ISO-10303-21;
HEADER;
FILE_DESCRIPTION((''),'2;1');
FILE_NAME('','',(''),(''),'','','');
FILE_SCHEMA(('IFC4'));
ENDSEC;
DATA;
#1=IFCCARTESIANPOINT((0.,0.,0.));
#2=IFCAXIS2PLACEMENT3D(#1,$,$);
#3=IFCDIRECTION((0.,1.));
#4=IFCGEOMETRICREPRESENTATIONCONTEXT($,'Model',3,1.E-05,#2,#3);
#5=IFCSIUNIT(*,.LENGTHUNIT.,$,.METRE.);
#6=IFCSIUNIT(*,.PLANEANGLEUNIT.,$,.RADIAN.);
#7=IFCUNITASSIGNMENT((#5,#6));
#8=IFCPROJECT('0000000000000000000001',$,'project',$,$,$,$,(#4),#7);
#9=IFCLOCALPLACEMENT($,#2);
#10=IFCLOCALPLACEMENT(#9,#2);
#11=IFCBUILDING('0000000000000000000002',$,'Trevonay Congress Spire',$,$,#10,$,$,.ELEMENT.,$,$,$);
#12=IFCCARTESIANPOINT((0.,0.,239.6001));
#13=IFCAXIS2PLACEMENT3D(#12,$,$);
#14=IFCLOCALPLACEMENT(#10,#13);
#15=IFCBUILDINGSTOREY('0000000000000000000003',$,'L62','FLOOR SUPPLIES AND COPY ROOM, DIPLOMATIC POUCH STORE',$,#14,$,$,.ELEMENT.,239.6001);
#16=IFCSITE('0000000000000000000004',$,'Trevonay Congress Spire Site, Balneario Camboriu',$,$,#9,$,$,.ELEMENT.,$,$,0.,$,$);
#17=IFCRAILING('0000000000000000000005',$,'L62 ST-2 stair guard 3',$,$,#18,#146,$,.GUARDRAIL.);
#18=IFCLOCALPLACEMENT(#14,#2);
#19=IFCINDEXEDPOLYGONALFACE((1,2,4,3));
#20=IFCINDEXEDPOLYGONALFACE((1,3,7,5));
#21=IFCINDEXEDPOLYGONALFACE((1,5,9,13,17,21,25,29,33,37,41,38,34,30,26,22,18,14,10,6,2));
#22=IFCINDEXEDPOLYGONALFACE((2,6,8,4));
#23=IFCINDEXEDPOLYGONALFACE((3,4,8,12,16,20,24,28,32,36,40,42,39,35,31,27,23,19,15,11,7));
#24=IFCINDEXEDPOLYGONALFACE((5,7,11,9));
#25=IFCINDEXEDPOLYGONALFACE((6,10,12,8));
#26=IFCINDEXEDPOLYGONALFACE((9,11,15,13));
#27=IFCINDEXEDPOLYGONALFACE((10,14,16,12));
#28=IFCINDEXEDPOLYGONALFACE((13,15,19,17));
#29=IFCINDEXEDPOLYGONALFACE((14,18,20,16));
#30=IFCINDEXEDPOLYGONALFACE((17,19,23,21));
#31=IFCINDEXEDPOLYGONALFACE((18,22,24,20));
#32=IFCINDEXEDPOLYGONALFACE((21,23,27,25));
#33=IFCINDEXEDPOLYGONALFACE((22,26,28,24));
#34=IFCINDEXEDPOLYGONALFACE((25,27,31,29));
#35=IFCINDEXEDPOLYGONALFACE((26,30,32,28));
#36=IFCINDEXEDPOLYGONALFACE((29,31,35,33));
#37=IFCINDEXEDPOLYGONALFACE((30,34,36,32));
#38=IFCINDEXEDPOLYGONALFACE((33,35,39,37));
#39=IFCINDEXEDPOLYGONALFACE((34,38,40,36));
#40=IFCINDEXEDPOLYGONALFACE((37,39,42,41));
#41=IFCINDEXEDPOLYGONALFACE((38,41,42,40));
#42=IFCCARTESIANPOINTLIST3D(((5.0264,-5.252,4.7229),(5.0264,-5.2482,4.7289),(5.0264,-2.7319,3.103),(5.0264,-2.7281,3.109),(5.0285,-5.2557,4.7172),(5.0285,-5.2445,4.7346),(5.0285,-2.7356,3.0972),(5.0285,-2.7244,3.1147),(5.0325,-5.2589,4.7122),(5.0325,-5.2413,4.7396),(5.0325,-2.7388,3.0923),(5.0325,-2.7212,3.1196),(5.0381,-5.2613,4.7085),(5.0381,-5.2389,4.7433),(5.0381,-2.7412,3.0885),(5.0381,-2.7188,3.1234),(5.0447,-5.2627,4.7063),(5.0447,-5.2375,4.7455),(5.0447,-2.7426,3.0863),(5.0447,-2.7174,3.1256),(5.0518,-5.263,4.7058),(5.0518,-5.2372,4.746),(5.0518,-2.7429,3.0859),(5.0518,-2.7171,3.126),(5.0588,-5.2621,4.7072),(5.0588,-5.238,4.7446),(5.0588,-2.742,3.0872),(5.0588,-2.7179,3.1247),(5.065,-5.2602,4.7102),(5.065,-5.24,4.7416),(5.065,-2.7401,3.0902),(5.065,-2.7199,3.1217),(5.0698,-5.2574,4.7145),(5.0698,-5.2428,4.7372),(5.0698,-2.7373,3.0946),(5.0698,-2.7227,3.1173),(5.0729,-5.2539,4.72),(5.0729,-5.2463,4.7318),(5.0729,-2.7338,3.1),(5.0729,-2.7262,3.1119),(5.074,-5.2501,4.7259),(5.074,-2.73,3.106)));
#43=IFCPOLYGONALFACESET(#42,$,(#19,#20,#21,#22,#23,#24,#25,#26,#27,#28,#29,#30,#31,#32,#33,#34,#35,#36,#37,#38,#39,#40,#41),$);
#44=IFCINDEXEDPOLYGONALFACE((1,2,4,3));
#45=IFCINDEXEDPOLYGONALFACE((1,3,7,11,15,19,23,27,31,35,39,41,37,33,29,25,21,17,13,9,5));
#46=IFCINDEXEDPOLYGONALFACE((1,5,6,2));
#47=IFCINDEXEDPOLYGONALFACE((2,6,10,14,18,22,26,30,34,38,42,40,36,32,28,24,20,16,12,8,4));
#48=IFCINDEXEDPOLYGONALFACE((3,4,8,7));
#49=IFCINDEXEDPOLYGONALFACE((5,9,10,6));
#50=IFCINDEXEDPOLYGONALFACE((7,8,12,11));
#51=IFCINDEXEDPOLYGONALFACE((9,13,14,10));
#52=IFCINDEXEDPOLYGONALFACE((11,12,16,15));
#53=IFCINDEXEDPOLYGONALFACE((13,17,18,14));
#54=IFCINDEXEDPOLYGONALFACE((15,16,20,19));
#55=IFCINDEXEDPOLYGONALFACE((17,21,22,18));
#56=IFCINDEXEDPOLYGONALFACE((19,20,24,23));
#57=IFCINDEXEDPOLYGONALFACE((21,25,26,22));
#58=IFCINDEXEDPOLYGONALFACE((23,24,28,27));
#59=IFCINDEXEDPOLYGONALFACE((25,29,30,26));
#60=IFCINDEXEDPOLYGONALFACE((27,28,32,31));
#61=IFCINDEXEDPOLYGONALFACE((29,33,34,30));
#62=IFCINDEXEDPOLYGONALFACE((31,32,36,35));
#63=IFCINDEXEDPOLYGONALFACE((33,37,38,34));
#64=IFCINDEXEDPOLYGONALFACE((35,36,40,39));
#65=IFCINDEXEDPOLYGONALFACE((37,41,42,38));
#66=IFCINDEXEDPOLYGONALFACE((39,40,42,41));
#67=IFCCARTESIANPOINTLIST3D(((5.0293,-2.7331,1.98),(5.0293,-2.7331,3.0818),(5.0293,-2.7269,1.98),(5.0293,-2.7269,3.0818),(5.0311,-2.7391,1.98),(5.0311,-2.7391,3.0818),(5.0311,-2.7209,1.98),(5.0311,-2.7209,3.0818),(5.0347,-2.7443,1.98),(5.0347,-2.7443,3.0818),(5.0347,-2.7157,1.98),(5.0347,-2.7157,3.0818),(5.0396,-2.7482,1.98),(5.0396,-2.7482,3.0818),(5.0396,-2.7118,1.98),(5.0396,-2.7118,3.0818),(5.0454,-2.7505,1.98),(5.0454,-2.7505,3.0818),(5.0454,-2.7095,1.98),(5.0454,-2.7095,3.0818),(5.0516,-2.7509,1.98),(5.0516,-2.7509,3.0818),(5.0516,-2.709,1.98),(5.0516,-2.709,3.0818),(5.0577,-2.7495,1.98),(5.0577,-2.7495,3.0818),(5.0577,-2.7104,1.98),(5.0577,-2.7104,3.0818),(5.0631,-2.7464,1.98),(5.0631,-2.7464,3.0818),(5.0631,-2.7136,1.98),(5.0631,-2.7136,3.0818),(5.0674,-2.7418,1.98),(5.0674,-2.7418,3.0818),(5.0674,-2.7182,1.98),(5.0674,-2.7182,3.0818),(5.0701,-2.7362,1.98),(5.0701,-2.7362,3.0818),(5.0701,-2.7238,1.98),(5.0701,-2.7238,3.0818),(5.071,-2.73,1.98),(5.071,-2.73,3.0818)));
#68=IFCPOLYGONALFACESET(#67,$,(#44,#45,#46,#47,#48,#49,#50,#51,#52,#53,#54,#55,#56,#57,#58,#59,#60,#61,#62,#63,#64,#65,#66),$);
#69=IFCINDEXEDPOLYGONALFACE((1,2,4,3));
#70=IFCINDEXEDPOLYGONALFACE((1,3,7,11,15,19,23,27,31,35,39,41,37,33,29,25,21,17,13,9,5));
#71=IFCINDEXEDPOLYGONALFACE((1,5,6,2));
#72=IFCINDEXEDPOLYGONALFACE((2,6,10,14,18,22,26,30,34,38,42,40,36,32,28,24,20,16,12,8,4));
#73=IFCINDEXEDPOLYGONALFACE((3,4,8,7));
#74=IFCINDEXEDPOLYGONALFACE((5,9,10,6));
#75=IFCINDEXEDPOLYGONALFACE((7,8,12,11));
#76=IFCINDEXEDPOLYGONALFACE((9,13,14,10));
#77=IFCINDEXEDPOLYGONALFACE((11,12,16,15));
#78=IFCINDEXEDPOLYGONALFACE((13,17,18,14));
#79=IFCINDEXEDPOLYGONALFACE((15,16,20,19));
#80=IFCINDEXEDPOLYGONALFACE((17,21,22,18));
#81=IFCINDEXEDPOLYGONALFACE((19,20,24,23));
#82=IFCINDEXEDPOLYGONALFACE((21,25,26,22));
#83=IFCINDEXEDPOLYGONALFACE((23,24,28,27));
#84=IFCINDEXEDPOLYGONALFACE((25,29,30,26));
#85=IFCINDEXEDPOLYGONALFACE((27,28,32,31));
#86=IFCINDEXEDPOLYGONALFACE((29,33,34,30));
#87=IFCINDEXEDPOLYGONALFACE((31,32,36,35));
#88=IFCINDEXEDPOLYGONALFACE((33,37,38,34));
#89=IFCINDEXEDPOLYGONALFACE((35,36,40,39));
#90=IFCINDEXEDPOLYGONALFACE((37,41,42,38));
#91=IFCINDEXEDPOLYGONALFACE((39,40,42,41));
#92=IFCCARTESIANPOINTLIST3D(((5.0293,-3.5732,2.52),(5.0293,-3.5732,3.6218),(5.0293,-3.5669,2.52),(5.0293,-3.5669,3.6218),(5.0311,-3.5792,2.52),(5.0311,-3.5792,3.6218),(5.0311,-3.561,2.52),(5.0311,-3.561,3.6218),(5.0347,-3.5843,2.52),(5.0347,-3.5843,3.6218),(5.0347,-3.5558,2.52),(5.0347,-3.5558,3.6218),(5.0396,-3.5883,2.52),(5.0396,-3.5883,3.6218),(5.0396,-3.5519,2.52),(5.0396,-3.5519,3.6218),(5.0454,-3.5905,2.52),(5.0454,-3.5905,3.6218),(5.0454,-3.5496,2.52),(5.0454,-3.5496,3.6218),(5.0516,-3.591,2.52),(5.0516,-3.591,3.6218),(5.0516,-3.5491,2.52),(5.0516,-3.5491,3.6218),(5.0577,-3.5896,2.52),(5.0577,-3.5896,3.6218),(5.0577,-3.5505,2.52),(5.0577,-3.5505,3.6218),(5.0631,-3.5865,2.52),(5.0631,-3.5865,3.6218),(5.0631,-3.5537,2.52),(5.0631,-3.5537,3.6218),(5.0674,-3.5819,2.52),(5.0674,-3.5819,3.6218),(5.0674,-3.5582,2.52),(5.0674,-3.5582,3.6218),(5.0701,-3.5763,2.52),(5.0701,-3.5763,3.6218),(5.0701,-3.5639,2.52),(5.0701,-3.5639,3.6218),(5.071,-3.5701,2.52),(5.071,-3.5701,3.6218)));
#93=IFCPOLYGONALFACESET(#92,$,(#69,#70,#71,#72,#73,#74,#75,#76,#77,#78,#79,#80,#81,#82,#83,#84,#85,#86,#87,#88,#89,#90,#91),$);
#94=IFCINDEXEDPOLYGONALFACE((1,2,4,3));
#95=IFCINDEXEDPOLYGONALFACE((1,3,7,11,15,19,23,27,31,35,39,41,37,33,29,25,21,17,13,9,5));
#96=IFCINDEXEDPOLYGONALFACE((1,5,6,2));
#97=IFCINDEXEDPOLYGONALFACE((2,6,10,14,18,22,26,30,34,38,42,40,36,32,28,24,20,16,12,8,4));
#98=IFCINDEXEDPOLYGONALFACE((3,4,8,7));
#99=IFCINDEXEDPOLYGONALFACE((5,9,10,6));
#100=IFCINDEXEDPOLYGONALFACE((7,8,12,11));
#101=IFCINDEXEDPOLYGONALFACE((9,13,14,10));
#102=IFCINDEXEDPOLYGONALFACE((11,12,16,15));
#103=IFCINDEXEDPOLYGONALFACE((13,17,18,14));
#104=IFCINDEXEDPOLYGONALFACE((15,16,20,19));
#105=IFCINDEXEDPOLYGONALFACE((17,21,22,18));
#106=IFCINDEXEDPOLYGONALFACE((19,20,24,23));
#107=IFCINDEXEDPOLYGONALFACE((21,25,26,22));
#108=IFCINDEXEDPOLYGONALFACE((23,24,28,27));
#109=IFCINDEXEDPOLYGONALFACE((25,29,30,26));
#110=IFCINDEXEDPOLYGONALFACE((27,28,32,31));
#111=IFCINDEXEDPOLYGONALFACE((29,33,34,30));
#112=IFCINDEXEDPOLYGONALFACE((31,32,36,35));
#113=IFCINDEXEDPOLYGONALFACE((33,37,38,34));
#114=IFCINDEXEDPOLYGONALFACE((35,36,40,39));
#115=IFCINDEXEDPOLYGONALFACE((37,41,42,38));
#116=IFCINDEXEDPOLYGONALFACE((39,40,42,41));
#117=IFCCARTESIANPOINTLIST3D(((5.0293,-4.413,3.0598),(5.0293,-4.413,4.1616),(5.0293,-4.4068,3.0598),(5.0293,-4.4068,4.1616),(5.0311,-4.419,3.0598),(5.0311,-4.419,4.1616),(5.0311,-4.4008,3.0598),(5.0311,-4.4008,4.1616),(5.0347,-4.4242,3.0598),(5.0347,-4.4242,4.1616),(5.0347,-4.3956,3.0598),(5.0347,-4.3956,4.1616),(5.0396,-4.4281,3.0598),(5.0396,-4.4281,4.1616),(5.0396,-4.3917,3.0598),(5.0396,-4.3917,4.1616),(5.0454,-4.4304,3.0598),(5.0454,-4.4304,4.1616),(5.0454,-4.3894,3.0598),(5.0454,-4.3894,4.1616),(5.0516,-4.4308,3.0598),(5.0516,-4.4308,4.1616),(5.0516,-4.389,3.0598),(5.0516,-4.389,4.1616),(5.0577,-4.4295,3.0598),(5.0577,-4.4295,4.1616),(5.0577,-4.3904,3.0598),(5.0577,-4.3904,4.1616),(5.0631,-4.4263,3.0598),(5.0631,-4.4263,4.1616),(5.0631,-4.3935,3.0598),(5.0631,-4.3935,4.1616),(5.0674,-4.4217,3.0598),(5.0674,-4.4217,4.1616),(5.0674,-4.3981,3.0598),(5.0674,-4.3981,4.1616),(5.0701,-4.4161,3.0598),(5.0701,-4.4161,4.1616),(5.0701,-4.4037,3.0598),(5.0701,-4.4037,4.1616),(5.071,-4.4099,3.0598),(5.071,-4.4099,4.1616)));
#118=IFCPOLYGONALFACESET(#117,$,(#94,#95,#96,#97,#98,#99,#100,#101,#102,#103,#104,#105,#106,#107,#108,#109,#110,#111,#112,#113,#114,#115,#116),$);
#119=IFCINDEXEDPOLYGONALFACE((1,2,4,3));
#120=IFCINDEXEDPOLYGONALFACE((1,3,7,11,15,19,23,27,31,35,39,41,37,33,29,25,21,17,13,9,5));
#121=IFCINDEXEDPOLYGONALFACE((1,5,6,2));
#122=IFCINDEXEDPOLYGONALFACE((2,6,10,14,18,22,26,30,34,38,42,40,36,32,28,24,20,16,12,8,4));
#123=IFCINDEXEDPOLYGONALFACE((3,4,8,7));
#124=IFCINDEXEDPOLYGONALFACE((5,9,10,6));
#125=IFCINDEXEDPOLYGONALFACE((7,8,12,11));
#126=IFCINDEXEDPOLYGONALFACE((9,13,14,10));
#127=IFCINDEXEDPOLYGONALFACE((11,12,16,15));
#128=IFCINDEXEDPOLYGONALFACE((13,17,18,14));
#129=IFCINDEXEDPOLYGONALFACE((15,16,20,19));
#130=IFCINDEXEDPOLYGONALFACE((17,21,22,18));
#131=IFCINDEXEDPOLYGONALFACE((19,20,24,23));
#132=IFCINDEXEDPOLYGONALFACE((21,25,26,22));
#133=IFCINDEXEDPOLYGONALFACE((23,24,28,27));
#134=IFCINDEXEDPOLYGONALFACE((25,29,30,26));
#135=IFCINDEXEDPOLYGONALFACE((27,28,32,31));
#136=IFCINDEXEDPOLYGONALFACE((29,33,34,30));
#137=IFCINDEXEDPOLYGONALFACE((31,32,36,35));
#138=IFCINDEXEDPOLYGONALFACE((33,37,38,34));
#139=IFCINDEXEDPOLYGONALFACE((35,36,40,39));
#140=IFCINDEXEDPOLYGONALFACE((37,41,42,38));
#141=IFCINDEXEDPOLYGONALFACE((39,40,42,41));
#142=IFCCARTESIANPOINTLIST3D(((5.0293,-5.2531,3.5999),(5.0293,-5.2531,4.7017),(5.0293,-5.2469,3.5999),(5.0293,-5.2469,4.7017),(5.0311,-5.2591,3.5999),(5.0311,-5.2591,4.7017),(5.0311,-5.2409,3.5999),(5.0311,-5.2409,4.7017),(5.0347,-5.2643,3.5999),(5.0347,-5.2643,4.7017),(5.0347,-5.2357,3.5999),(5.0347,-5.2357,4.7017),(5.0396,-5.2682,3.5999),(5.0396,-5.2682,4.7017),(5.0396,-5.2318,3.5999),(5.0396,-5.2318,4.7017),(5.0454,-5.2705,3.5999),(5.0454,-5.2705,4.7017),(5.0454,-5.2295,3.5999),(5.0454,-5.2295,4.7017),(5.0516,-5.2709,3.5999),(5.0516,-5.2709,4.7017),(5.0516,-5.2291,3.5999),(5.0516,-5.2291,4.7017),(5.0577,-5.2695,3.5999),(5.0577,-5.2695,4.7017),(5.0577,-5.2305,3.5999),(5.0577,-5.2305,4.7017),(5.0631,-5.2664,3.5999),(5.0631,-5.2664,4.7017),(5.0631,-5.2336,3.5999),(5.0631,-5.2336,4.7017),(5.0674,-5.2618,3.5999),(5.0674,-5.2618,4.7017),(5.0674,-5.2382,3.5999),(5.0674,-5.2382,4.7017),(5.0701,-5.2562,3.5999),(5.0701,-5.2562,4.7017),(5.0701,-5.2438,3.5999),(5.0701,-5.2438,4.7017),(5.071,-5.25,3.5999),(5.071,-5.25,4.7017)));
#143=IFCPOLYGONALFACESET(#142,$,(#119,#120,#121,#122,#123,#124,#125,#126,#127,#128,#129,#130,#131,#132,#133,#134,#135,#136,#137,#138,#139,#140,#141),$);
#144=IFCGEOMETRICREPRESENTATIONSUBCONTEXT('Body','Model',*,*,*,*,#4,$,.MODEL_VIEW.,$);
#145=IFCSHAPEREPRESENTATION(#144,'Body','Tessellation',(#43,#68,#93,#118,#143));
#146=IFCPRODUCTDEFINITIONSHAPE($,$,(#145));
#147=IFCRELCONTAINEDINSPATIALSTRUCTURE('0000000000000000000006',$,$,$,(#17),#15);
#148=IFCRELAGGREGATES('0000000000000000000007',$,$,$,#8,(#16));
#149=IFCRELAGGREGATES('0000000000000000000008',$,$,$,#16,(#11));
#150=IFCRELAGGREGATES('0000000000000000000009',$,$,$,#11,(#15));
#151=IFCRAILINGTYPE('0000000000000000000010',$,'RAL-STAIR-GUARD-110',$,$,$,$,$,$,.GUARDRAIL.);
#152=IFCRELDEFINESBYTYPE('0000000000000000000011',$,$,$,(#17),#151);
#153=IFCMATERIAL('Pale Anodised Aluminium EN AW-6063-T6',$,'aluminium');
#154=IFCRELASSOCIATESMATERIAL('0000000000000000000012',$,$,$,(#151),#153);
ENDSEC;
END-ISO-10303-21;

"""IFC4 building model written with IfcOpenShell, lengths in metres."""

from ifc_helpers import new_model, si_unit, direction, frame, origin, origin_2d, place, context, subcontext, project, spatial, circle, extrude, material, type_object, element, save


model = new_model("IFC4")

# Units and contexts
model_context = context("Model", 3, precision=1e-05, world=origin(), true_north=direction((0.0, 1.0)))
body_context = subcontext(model_context, "Body", "Model", "MODEL_VIEW")
ifc_project = project(units=[si_unit("LENGTHUNIT", "METRE"), si_unit("PLANEANGLEUNIT", "RADIAN")], contexts=[model_context])

# Site, building, storey
site_placement = place(None, origin())
site = spatial("IfcSite", under=ifc_project, at=site_placement, Name="Trevonay Congress Spire Site, Balneario Camboriu", CompositionType="ELEMENT", RefElevation=0.0)
building_placement = place(site_placement, origin())
building = spatial("IfcBuilding", under=site, at=building_placement, Name="Trevonay Congress Spire", CompositionType="ELEMENT")
storey_placement = place(building_placement, frame((0.0, 0.0, 239.6001)))
storey = spatial("IfcBuildingStorey", under=building, at=storey_placement, Name="L62", Description="FLOOR SUPPLIES AND COPY ROOM, DIPLOMATIC POUCH STORE", CompositionType="ELEMENT", Elevation=239.6001)

# Shared definitions
ifc_material_1 = material(Name="Pale Anodised Aluminium EN AW-6063-T6", Category="aluminium")

# Railing
railing_type_1 = type_object("IfcRailingType", Name="RAL-STAIR-GUARD-110", PredefinedType="GUARDRAIL", material=ifc_material_1)
railing_1_placement = place(storey_placement, frame((5.05, -2.73, 1.98)))
element("IfcRailing", 1, at=railing_1_placement, inside=storey, type_object=railing_type_1, Name="L62 ST-2 stair guard 3", PredefinedType="GUARDRAIL", context=body_context, shape_type="SweptSolid", body=[
    extrude(circle(Radius=0.0239, at=origin_2d()), frame((0.0, 0.0, 1.126), z_axis=(0.0, -0.8412, 0.540725), x_axis=(1.0, 0.0, 0.0)), (0.0, 0.0, 1.0), 2.9958),
    extrude(circle(Radius=0.021, at=origin_2d()), origin(), (0.0, 0.0, 1.0), 1.1018),
    extrude(circle(Radius=0.021, at=origin_2d()), frame((0.0, -0.8401, 0.54)), (0.0, 0.0, 1.0), 1.1018),
    extrude(circle(Radius=0.021, at=origin_2d()), frame((0.0, -1.6799, 1.0798)), (0.0, 0.0, 1.0), 1.1018),
    extrude(circle(Radius=0.021, at=origin_2d()), frame((0.0, -2.52, 1.6199)), (0.0, 0.0, 1.0), 1.1018),
])

save(model, "model.ifc")
